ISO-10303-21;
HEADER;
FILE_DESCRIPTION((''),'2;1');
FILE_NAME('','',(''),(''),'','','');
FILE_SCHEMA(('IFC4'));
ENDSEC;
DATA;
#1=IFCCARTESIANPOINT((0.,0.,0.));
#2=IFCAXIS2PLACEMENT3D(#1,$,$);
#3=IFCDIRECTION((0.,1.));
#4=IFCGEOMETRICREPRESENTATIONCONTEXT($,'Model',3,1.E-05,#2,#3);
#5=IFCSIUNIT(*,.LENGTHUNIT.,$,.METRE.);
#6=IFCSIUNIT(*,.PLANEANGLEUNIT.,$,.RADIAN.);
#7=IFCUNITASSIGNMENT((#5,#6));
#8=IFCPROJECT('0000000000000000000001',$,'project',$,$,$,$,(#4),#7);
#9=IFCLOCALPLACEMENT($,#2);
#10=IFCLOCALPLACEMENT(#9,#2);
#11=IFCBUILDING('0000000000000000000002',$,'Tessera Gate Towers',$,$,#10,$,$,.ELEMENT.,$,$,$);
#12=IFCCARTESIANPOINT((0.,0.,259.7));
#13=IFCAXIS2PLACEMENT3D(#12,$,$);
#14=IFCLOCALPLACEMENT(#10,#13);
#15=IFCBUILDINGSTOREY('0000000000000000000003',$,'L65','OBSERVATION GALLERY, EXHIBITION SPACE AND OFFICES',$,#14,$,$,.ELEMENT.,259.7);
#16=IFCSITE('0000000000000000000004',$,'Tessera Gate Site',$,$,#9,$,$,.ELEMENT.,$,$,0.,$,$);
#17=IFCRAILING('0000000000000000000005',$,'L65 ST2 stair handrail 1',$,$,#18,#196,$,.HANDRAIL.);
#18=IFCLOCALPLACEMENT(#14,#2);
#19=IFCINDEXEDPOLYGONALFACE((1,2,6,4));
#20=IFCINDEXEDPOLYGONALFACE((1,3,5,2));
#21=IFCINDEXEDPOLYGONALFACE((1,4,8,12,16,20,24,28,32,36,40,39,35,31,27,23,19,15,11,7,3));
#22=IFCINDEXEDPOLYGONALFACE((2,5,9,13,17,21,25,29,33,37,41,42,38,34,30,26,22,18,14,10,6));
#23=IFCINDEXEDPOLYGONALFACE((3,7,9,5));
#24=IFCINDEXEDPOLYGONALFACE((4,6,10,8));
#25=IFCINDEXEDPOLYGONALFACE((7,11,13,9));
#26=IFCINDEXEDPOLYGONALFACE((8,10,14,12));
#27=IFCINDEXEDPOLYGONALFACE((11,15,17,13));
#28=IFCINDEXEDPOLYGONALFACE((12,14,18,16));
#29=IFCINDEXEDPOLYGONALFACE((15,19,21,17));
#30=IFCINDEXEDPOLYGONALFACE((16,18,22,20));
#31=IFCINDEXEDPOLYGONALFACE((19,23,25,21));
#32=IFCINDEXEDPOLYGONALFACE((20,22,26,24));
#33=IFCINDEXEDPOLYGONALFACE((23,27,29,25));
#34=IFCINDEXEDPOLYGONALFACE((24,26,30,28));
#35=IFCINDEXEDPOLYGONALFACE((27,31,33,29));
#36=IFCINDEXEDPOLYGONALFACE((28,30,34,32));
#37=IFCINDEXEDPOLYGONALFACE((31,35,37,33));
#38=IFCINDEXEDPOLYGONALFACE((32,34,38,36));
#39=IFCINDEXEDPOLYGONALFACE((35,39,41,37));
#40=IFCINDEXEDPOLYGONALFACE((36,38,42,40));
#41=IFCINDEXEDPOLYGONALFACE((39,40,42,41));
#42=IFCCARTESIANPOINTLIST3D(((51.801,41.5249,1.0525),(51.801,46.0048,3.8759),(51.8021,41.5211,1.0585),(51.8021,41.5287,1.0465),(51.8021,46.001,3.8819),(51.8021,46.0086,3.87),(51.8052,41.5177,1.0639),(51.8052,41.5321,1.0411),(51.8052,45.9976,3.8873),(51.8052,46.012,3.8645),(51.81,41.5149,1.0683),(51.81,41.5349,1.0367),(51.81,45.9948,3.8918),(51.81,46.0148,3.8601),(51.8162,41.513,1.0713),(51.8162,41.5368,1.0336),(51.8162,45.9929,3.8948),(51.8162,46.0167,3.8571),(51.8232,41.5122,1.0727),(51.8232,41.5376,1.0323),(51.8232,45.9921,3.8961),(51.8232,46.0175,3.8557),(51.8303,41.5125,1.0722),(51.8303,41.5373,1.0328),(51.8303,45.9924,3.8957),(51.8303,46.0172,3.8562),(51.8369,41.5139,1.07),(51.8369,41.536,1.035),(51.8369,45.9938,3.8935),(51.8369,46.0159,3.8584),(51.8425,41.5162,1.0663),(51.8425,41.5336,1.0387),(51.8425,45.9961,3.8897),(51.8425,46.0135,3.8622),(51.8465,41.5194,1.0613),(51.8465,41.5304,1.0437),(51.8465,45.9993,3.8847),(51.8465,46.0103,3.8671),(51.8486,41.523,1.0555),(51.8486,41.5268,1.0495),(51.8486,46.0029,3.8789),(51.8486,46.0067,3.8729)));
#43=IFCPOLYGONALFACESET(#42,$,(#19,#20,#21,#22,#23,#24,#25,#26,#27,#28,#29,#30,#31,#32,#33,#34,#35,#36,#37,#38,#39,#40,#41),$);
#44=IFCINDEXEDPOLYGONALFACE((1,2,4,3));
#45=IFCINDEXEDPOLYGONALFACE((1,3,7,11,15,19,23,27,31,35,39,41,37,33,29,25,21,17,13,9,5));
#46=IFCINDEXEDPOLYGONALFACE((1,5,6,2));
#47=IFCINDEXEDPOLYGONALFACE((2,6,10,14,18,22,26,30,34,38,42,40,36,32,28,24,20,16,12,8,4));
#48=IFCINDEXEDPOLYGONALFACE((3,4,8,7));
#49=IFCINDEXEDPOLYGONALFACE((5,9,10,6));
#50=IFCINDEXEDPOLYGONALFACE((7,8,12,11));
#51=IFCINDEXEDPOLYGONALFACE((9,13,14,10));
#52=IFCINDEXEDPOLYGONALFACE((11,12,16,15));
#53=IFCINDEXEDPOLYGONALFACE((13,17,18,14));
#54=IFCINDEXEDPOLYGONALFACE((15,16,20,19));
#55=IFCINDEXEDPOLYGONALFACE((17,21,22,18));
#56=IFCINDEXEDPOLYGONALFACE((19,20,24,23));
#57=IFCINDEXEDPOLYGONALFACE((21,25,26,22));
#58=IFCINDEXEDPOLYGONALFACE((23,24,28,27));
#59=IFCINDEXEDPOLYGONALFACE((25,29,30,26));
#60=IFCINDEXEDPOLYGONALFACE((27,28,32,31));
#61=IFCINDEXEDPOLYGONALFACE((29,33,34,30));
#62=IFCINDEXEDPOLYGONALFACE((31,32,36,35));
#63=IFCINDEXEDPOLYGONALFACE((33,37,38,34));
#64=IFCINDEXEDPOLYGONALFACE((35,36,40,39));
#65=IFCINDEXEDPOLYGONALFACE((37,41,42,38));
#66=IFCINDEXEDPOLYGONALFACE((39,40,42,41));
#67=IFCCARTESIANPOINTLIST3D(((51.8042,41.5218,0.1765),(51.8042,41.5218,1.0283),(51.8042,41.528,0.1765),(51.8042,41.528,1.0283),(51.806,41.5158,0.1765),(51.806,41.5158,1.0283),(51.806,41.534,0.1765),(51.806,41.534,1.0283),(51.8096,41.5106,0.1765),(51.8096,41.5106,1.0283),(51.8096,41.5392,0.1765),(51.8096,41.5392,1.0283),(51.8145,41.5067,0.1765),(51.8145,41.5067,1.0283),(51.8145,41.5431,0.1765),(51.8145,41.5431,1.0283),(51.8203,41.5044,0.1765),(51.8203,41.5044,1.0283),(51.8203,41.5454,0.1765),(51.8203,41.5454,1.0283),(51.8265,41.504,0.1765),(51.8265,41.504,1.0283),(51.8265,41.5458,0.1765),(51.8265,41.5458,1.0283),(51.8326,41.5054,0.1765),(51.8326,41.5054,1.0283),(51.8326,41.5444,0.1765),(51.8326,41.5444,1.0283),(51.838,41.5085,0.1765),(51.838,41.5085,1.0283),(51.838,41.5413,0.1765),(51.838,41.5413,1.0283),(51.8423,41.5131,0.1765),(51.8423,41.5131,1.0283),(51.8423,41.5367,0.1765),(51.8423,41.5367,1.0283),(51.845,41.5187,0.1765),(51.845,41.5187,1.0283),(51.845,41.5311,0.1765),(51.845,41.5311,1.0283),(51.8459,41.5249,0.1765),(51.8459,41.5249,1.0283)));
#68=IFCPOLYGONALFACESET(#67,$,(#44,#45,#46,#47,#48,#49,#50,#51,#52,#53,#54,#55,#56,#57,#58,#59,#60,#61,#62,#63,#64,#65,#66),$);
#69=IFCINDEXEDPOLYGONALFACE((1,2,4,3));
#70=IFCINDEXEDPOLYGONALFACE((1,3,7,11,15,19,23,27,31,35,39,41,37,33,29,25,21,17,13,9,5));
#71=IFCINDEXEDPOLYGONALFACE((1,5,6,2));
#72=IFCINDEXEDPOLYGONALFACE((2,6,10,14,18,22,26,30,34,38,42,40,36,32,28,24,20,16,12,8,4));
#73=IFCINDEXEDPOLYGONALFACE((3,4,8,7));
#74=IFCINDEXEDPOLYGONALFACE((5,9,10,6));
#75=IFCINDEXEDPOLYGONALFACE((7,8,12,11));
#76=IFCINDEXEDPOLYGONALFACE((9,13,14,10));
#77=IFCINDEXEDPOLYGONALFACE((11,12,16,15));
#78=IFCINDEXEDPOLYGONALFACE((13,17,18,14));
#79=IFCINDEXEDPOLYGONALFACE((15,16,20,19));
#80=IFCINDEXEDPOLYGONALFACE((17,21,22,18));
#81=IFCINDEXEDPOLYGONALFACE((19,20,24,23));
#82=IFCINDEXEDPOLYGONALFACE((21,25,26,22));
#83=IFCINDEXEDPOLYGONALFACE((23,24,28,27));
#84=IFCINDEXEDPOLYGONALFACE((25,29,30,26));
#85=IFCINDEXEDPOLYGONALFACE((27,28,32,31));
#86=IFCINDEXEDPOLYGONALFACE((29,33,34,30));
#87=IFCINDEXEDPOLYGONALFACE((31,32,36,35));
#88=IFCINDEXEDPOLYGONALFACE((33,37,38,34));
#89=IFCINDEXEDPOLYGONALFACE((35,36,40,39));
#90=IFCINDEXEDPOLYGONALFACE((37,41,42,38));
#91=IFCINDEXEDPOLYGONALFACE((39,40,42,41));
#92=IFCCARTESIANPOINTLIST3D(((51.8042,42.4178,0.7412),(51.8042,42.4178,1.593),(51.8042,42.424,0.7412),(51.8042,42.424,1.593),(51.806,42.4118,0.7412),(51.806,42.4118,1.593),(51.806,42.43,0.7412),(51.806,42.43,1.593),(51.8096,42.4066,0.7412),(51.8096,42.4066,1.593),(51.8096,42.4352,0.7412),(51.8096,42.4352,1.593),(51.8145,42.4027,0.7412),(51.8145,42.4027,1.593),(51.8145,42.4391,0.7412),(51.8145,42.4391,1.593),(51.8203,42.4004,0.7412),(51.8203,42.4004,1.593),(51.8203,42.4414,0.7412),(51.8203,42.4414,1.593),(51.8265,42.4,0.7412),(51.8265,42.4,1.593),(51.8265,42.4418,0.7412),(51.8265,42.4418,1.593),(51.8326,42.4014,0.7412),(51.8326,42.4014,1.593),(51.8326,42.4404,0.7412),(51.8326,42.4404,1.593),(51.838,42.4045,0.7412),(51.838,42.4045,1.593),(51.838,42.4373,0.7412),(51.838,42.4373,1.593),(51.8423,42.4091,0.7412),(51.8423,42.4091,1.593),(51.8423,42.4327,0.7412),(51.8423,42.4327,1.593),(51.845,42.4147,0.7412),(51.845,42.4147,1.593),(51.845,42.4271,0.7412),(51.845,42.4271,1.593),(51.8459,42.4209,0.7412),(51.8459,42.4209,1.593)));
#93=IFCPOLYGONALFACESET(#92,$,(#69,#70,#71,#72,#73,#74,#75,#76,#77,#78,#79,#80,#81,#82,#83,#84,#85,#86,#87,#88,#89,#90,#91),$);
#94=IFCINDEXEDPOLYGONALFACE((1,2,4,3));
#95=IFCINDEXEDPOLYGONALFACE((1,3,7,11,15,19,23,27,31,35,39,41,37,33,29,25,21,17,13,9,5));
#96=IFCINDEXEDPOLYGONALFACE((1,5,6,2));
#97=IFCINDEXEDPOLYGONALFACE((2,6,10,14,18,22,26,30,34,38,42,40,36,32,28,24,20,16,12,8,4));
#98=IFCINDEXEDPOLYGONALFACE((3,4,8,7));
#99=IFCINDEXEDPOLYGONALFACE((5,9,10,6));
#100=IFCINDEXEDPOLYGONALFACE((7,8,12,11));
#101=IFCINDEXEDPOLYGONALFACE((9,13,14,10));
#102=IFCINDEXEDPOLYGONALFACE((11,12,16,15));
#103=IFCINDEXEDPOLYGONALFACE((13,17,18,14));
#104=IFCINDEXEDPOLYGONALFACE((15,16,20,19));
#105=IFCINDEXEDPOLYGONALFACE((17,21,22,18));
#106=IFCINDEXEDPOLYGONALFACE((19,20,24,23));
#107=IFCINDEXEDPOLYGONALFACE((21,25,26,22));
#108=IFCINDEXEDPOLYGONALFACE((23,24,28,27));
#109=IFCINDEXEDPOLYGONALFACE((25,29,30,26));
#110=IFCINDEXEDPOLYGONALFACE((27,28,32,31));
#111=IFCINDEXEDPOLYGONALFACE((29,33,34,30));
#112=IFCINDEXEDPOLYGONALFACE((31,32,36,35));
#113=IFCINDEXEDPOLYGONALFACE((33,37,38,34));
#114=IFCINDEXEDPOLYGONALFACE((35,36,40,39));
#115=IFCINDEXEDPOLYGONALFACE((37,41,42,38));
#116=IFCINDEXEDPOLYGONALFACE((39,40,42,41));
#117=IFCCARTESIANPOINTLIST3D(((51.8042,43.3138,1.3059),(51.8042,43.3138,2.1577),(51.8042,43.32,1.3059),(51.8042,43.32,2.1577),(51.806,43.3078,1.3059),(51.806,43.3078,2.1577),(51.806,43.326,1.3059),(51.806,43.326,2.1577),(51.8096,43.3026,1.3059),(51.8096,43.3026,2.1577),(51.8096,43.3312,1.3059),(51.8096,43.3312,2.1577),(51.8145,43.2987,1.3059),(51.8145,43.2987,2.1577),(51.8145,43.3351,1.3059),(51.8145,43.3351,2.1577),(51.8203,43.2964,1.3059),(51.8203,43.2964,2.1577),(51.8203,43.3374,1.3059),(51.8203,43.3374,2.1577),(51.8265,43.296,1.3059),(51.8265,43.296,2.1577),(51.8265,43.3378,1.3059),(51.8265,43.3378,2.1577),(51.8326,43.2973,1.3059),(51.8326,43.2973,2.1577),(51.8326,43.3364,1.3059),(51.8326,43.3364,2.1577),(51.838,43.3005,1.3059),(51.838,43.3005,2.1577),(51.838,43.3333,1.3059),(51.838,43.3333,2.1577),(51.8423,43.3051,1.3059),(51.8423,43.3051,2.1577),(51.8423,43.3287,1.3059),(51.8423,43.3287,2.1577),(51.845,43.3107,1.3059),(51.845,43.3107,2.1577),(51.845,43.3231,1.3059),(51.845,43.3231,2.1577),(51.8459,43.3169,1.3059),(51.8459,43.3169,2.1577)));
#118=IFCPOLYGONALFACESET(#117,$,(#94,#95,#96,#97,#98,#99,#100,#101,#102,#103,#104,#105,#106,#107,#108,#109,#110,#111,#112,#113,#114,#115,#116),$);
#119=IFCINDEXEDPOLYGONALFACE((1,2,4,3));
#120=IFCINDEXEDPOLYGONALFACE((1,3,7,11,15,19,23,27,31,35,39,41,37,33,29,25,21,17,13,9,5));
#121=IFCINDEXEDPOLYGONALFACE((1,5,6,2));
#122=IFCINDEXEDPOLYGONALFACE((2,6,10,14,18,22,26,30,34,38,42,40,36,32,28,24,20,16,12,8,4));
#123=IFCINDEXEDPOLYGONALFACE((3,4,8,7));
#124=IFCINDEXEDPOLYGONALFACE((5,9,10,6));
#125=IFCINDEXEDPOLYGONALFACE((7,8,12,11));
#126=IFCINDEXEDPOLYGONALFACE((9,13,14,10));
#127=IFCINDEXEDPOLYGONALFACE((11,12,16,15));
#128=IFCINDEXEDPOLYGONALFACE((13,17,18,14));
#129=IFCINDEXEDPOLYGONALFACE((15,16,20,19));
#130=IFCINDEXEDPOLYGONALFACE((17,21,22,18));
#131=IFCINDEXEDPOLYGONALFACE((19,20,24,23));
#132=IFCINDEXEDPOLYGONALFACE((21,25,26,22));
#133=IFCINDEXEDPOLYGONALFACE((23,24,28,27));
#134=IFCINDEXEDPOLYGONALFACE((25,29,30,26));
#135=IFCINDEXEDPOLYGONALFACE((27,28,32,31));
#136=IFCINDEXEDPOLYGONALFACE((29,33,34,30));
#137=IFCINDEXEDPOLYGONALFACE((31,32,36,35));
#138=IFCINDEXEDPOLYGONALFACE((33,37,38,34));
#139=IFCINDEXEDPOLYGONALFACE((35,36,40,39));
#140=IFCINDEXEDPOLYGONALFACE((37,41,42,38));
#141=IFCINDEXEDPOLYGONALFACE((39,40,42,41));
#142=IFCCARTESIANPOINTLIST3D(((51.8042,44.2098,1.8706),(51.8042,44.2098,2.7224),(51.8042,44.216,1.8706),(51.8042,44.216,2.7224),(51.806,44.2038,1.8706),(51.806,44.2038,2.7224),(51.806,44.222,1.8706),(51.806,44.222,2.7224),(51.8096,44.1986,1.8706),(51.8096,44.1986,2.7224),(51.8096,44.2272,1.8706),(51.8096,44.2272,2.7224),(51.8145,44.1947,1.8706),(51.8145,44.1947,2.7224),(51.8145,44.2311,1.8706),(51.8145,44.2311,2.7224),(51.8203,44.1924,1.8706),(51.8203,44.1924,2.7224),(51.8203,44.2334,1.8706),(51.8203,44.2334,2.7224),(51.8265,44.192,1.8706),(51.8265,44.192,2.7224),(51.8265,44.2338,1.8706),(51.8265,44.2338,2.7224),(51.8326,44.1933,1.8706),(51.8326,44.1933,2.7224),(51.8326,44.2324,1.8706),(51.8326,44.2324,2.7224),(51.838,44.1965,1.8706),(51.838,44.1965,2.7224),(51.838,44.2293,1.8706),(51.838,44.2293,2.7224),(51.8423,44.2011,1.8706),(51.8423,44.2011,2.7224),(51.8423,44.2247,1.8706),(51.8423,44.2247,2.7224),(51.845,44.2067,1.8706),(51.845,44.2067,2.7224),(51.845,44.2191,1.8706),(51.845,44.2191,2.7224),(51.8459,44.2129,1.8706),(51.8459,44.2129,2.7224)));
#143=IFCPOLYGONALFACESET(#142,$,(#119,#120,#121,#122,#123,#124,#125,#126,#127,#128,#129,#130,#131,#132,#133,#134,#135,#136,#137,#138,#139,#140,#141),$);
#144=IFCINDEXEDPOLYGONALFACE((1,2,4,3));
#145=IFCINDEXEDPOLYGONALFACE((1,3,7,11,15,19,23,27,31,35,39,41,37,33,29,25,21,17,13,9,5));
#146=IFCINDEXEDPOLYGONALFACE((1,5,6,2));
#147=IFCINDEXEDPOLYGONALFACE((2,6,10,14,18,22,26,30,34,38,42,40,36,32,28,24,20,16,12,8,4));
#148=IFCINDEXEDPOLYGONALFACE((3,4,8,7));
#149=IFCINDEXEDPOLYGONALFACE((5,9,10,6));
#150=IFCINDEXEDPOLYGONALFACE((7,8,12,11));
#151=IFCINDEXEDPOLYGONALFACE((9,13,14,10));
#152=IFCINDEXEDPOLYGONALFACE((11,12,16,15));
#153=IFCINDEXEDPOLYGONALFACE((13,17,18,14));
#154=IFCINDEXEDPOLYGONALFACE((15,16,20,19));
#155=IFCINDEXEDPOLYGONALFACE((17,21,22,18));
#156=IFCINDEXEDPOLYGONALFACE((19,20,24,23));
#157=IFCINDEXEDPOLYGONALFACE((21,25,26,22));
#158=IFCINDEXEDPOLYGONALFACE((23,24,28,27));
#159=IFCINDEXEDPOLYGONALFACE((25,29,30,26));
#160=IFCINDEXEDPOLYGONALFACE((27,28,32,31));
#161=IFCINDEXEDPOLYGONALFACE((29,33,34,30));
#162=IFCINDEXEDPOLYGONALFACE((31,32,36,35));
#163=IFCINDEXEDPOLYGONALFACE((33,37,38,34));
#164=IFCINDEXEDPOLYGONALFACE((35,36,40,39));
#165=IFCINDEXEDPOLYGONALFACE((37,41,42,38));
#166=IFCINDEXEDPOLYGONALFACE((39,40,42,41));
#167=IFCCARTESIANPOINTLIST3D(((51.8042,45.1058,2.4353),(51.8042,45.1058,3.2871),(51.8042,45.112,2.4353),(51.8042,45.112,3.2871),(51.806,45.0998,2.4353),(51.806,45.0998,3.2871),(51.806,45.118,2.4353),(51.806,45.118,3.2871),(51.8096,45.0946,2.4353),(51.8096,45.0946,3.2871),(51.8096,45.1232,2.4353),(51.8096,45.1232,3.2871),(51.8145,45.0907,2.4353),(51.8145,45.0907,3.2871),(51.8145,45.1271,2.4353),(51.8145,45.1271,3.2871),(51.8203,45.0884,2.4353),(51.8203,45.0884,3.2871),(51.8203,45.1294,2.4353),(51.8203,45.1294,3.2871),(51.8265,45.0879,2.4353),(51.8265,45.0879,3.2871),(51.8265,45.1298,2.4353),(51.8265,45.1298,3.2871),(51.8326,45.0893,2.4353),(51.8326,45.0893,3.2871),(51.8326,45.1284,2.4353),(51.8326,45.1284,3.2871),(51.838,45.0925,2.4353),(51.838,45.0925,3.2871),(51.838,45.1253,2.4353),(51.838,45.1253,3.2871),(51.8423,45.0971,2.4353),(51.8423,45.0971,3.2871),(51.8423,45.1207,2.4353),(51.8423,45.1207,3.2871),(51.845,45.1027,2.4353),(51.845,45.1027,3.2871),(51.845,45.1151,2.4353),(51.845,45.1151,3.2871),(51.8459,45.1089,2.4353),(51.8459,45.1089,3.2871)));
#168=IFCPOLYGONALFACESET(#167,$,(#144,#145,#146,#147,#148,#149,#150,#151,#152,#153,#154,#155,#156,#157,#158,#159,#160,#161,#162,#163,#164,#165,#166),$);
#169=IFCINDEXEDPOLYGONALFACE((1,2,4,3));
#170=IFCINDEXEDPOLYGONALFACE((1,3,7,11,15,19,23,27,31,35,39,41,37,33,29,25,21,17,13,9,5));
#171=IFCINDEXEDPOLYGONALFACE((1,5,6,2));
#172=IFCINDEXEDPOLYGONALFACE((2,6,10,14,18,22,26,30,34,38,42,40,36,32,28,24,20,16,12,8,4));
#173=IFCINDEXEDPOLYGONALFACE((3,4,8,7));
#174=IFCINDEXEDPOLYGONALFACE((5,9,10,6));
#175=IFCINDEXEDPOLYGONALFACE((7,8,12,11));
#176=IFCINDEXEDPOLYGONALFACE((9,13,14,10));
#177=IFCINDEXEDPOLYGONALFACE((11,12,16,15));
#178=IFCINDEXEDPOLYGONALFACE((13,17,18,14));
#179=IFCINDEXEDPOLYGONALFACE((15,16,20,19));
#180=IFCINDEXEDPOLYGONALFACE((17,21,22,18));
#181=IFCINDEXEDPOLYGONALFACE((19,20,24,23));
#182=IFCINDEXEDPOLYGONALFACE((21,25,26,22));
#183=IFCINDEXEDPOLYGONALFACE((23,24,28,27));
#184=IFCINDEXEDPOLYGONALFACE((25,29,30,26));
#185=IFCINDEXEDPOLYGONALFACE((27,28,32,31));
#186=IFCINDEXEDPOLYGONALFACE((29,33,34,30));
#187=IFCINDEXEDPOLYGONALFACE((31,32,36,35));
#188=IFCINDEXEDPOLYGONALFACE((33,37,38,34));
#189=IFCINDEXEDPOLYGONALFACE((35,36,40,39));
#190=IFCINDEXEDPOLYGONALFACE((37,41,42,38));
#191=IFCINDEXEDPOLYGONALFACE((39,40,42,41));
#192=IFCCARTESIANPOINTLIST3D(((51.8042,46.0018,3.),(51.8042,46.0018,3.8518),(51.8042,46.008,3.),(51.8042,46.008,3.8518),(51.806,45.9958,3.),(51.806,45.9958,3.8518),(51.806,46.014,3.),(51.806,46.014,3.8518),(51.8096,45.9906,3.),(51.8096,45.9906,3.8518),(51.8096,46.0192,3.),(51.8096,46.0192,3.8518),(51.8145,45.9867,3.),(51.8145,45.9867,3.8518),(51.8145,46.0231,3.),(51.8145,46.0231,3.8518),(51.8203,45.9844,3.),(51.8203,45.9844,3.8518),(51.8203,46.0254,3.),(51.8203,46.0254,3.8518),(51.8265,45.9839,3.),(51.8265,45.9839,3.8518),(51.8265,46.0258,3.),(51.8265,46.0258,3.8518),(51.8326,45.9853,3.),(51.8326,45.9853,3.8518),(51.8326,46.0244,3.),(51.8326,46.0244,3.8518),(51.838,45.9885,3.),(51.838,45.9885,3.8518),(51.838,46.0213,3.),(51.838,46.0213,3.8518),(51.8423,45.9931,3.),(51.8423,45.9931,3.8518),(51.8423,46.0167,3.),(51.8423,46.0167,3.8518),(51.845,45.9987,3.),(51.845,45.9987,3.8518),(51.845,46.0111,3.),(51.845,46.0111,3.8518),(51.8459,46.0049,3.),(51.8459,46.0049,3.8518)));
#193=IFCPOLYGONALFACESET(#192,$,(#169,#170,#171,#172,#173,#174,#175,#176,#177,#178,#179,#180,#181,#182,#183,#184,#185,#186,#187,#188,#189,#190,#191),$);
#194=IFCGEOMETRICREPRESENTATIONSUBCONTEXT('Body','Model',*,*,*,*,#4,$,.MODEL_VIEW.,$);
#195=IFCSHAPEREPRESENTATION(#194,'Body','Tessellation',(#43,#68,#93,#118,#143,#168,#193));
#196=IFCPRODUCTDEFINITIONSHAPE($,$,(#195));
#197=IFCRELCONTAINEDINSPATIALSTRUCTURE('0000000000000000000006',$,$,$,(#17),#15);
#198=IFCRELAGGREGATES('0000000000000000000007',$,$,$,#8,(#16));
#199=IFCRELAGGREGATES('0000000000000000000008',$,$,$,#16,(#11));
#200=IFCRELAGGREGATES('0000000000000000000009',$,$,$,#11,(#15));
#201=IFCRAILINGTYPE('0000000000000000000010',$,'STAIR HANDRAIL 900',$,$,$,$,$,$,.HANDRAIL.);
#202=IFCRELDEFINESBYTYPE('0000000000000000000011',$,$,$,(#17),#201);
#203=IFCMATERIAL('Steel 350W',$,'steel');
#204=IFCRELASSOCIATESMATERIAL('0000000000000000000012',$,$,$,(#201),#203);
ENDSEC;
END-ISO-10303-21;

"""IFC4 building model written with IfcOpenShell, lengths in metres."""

from ifc_helpers import new_model, si_unit, direction, frame, origin, origin_2d, place, context, subcontext, project, spatial, circle, extrude, material, type_object, element, save


model = new_model("IFC4")

# Units and contexts
model_context = context("Model", 3, precision=1e-05, world=origin(), true_north=direction((0.0, 1.0)))
body_context = subcontext(model_context, "Body", "Model", "MODEL_VIEW")
ifc_project = project(units=[si_unit("LENGTHUNIT", "METRE"), si_unit("PLANEANGLEUNIT", "RADIAN")], contexts=[model_context])

# Site, building, storey
site_placement = place(None, origin())
site = spatial("IfcSite", under=ifc_project, at=site_placement, Name="Tessera Gate Site", CompositionType="ELEMENT", RefElevation=0.0)
building_placement = place(site_placement, origin())
building = spatial("IfcBuilding", under=site, at=building_placement, Name="Tessera Gate Towers", CompositionType="ELEMENT")
storey_placement = place(building_placement, frame((0.0, 0.0, 259.7)))
storey = spatial("IfcBuildingStorey", under=building, at=storey_placement, Name="L65", Description="OBSERVATION GALLERY, EXHIBITION SPACE AND OFFICES", CompositionType="ELEMENT", Elevation=259.7)

# Railing
ifc_material_1 = material(Name="Steel 350W", Category="steel")
railing_type_1 = type_object("IfcRailingType", Name="STAIR HANDRAIL 900", PredefinedType="HANDRAIL", material=ifc_material_1)
railing_1_placement = place(storey_placement, frame((51.825, 41.5249, 0.1765)))
element("IfcRailing", 1, at=railing_1_placement, inside=storey, type_object=railing_type_1, Name="L65 ST2 stair handrail 1", PredefinedType="HANDRAIL", context=body_context, shape_type="SweptSolid", body=[
    extrude(circle(Radius=0.0239, at=origin_2d()), frame((0.0, 0.0, 0.876), z_axis=(0.0, 0.845998, 0.533186), x_axis=(-1.0, 0.0, 0.0)), (0.0, 0.0, 1.0), 5.2954),
    extrude(circle(Radius=0.021, at=origin_2d()), origin(), (0.0, 0.0, 1.0), 0.8518),
    extrude(circle(Radius=0.021, at=origin_2d()), frame((0.0, 0.896, 0.5647)), (0.0, 0.0, 1.0), 0.8518),
    extrude(circle(Radius=0.021, at=origin_2d()), frame((0.0, 1.792, 1.1294)), (0.0, 0.0, 1.0), 0.8518),
    extrude(circle(Radius=0.021, at=origin_2d()), frame((0.0, 2.688, 1.6941)), (0.0, 0.0, 1.0), 0.8518),
    extrude(circle(Radius=0.021, at=origin_2d()), frame((0.0, 3.584, 2.2588)), (0.0, 0.0, 1.0), 0.8518),
    extrude(circle(Radius=0.021, at=origin_2d()), frame((0.0, 4.48, 2.8235)), (0.0, 0.0, 1.0), 0.8518),
])

save(model, "model.ifc")
